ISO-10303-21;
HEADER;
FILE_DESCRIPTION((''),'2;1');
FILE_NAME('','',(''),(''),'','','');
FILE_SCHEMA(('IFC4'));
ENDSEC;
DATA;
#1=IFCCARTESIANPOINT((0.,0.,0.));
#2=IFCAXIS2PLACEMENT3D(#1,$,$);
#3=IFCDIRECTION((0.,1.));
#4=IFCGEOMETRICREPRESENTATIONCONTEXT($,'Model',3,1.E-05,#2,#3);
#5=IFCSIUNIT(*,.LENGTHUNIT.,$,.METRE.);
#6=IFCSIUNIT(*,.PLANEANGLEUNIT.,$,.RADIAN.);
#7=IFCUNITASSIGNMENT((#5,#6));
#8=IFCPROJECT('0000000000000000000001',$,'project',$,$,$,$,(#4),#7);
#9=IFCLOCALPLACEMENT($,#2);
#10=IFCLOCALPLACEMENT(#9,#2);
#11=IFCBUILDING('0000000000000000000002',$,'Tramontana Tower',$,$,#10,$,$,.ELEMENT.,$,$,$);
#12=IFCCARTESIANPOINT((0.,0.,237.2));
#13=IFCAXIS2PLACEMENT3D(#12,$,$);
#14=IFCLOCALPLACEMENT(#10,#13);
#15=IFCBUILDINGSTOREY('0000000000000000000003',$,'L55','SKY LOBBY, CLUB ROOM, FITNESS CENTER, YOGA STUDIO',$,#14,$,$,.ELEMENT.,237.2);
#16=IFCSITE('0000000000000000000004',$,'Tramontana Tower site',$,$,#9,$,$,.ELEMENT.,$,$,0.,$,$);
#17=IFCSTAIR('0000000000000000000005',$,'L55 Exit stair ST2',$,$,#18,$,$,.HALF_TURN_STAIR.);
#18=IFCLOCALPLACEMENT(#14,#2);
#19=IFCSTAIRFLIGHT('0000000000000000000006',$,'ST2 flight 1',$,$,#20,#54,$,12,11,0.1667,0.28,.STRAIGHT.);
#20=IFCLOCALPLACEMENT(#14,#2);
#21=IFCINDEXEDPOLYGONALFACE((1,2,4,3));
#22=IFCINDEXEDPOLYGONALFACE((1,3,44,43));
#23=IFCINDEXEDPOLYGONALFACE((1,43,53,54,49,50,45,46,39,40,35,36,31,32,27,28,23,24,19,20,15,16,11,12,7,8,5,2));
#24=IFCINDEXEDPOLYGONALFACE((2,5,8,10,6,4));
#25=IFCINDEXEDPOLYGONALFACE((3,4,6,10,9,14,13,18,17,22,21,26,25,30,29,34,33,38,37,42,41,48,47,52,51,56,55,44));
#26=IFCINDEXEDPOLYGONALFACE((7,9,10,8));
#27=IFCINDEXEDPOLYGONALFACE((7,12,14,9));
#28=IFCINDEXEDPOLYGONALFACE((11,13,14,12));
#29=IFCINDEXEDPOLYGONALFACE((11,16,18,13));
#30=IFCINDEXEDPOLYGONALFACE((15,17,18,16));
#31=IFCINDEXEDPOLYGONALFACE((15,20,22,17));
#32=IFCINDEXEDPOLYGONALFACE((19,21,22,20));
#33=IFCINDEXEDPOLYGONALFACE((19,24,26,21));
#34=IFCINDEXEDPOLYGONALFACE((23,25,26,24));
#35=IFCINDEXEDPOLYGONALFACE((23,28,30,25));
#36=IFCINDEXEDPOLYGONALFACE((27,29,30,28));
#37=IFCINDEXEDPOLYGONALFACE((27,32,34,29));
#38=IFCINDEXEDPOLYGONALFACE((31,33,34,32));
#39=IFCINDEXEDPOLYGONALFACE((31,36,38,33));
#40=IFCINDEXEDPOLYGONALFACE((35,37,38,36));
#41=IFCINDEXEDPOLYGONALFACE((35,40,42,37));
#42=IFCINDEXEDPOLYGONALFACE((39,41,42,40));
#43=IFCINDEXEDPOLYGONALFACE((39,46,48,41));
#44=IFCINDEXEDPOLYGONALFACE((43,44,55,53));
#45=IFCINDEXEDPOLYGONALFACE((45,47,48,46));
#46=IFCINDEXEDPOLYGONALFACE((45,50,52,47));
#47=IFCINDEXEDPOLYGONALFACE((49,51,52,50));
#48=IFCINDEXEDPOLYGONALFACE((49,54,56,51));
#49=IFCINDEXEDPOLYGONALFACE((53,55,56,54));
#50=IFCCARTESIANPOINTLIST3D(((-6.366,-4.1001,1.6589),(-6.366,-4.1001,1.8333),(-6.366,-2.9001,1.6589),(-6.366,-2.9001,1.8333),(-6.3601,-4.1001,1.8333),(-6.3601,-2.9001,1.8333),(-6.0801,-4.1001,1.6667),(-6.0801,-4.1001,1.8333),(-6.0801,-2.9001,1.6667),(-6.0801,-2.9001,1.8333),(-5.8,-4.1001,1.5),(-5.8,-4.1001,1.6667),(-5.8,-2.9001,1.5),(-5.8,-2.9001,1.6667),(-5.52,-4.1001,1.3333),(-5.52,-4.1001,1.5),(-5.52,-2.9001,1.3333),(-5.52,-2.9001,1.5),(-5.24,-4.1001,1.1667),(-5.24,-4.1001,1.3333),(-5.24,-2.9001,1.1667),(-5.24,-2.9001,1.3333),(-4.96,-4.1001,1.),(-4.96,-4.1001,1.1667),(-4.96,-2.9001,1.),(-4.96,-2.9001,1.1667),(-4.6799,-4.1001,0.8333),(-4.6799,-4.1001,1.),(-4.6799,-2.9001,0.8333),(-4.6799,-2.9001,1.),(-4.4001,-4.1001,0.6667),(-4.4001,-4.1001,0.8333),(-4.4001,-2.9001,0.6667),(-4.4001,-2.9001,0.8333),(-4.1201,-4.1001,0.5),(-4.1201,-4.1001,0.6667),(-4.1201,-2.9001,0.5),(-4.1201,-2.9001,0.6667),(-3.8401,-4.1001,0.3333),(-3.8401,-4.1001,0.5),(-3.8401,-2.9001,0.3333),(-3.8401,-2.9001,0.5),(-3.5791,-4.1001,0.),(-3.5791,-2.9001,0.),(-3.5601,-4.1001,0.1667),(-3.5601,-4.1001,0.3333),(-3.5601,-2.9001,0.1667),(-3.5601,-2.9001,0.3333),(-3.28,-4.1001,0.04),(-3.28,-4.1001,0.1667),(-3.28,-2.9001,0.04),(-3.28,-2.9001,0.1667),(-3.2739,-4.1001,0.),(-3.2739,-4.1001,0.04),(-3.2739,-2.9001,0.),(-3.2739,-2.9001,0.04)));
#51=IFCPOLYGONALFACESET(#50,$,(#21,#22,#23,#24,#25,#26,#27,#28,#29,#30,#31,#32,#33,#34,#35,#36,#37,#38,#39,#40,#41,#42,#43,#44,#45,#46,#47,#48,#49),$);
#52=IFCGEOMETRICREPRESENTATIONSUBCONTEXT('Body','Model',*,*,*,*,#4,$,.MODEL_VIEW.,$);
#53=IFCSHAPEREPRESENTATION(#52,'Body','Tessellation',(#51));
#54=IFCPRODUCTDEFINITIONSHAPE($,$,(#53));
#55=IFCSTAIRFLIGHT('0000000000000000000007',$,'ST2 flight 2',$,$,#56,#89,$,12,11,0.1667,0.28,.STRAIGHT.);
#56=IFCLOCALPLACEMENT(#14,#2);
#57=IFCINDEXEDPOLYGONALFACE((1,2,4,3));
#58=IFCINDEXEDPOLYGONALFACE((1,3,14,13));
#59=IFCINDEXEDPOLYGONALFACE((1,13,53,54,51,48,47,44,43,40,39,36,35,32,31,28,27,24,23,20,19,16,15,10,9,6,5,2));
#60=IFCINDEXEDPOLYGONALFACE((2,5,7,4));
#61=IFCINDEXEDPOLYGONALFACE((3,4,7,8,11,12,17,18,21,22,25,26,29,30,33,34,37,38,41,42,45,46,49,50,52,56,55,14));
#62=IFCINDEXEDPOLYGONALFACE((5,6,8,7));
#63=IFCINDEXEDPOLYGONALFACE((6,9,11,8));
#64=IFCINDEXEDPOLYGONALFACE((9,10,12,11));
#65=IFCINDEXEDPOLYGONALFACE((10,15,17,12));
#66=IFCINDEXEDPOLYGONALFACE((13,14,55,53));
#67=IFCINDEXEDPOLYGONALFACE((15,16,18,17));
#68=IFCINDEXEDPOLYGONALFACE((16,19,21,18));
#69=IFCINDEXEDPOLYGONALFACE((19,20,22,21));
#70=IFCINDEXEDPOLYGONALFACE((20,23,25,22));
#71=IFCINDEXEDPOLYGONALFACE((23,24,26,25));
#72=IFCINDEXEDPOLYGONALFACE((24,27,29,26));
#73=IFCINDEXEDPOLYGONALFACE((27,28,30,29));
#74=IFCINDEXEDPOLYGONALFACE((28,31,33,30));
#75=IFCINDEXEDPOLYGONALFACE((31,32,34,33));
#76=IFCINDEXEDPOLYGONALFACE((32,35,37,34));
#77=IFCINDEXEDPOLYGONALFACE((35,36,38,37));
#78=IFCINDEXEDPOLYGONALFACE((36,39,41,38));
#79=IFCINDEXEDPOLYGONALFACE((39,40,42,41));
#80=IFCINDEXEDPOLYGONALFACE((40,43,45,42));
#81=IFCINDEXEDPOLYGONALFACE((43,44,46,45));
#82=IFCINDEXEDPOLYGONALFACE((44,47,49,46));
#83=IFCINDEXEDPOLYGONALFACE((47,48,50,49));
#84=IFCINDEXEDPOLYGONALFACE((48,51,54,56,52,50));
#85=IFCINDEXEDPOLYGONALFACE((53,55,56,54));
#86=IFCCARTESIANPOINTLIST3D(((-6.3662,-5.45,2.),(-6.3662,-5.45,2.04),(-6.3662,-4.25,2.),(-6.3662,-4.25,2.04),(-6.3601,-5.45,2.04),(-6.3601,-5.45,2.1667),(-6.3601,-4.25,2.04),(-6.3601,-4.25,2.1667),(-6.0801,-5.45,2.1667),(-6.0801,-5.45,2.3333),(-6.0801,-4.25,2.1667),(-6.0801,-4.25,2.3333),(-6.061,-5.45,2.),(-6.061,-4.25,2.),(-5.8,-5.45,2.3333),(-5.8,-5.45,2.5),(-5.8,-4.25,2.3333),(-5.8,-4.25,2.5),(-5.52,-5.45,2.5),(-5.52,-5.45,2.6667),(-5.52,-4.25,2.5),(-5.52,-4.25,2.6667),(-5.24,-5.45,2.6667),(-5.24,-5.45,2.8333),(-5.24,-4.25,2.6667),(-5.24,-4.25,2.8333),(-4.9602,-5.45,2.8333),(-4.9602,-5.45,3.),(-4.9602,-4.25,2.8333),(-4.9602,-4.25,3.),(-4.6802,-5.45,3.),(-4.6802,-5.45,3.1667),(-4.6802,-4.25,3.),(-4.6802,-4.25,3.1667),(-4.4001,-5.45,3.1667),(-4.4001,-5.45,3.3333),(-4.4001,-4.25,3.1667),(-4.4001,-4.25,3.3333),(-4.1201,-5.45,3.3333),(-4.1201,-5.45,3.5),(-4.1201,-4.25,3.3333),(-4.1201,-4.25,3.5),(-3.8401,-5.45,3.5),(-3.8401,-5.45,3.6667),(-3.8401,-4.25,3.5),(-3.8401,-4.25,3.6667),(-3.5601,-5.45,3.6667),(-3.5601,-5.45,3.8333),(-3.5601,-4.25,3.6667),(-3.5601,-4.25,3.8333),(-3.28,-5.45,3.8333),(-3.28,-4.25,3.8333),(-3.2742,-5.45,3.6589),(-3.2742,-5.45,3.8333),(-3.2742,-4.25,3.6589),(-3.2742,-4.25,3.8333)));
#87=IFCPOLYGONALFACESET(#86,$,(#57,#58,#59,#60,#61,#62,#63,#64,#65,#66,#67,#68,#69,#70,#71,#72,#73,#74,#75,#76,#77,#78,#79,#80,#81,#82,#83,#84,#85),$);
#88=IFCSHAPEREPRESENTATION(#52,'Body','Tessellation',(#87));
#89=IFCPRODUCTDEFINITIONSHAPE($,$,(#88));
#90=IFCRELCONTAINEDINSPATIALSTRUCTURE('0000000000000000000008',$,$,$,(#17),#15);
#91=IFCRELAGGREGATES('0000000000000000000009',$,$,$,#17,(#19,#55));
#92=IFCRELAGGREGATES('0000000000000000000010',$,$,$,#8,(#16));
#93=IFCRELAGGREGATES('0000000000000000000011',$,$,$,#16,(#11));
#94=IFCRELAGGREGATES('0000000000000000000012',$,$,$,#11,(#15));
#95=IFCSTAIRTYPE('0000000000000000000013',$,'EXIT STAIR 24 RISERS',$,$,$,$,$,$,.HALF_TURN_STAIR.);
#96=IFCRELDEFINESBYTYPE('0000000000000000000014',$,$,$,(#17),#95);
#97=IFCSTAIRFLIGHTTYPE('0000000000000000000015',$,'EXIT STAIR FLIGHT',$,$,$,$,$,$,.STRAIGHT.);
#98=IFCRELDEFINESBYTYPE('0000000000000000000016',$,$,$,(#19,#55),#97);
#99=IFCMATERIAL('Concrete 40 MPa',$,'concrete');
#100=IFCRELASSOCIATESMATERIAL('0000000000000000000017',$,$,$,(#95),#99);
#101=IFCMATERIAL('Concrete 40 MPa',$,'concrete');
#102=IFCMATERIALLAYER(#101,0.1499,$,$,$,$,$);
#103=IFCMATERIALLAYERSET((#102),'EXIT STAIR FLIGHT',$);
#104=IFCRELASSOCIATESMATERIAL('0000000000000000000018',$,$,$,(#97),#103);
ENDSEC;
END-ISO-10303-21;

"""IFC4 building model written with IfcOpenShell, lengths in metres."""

from ifc_helpers import new_model, si_unit, direction, frame, origin, place, context, subcontext, project, spatial, polyline, outline, extrude, material, layer, layer_set, type_object, element, aggregate, save


model = new_model("IFC4")

# Units and contexts
model_context = context("Model", 3, precision=1e-05, world=origin(), true_north=direction((0.0, 1.0)))
body_context = subcontext(model_context, "Body", "Model", "MODEL_VIEW")
ifc_project = project(units=[si_unit("LENGTHUNIT", "METRE"), si_unit("PLANEANGLEUNIT", "RADIAN")], contexts=[model_context])

# Site, building, storey
site_placement = place(None, origin())
site = spatial("IfcSite", under=ifc_project, at=site_placement, Name="Tramontana Tower site", CompositionType="ELEMENT", RefElevation=0.0)
building_placement = place(site_placement, origin())
building = spatial("IfcBuilding", under=site, at=building_placement, Name="Tramontana Tower", CompositionType="ELEMENT")
storey_placement = place(building_placement, frame((0.0, 0.0, 237.2)))
storey = spatial("IfcBuildingStorey", under=building, at=storey_placement, Name="L55", Description="SKY LOBBY, CLUB ROOM, FITNESS CENTER, YOGA STUDIO", CompositionType="ELEMENT", Elevation=237.2)

# Stair, stair flights
ifc_material_1 = material(Name="Concrete 40 MPa", Category="concrete")
stair_type = type_object("IfcStairType", Name="EXIT STAIR 24 RISERS", PredefinedType="HALF_TURN_STAIR", material=ifc_material_1)
stair_placement = place(storey_placement, origin())
stair = element("IfcStair", 1, at=stair_placement, inside=storey, type_object=stair_type, Name="L55 Exit stair ST2", PredefinedType="HALF_TURN_STAIR")
ifc_material_2 = material(Name="Concrete 40 MPa", Category="concrete")
ifc_layer_1 = layer(ifc_material_2, 0.1499)
ifc_layer_set_1 = layer_set([ifc_layer_1], Name="EXIT STAIR FLIGHT")
stair_flight_type = type_object("IfcStairFlightType", Name="EXIT STAIR FLIGHT", PredefinedType="STRAIGHT", material=ifc_layer_set_1)
stair_flight_1_placement = place(storey_placement, frame((-3.28, -3.5, 0.0), z_axis=(0.0, 0.0, 1.0), x_axis=(-1.0, 0.0, 0.0)))
stair_flight_1 = element("IfcStairFlight", 2, at=stair_flight_1_placement, type_object=stair_flight_type, Name="ST2 flight 1", NumberOfRisers=12, NumberOfTreads=11, PredefinedType="STRAIGHT", RiserHeight=0.1667, TreadLength=0.28, context=body_context, shape_type="SweptSolid", body=[
    extrude(outline(polyline([(-0.0061, 0.0), (-0.0061, 0.04), (0.0, 0.04), (0.0, 0.1667), (0.28, 0.1667), (0.28, 0.3333), (0.5601, 0.3333), (0.5601, 0.5), (0.8401, 0.5), (0.8401, 0.6667), (1.1201, 0.6667), (1.1201, 0.8333), (1.3999, 0.8333), (1.3999, 1.0), (1.6799, 1.0), (1.6799, 1.1667), (1.96, 1.1667), (1.96, 1.3333), (2.24, 1.3333), (2.24, 1.5), (2.52, 1.5), (2.52, 1.6667), (2.8, 1.6667), (2.8, 1.8333), (3.0801, 1.8333), (3.0859, 1.8333), (3.0859, 1.6589), (0.2991, 0.0), (-0.0061, 0.0)])), frame((0.0, 0.6001, 0.0), z_axis=(0.0, -1.0, 0.0), x_axis=(1.0, 0.0, 0.0)), (0.0, 0.0, 1.0), 1.2),
])
stair_flight_2_placement = place(storey_placement, frame((-6.3601, -4.8501, 2.0), z_axis=(0.0, 0.0, 1.0), x_axis=(1.0, 0.0, 0.0)))
stair_flight_2 = element("IfcStairFlight", 3, at=stair_flight_2_placement, type_object=stair_flight_type, Name="ST2 flight 2", NumberOfRisers=12, NumberOfTreads=11, PredefinedType="STRAIGHT", RiserHeight=0.1667, TreadLength=0.28, context=body_context, shape_type="SweptSolid", body=[
    extrude(outline(polyline([(-0.0061, 0.0), (-0.0061, 0.04), (0.0, 0.04), (0.0, 0.1667), (0.28, 0.1667), (0.28, 0.3333), (0.5601, 0.3333), (0.5601, 0.5), (0.8401, 0.5), (0.8401, 0.6667), (1.1201, 0.6667), (1.1201, 0.8333), (1.3999, 0.8333), (1.3999, 1.0), (1.6799, 1.0), (1.6799, 1.1667), (1.96, 1.1667), (1.96, 1.3333), (2.24, 1.3333), (2.24, 1.5), (2.52, 1.5), (2.52, 1.6667), (2.8, 1.6667), (2.8, 1.8333), (3.0801, 1.8333), (3.0859, 1.8333), (3.0859, 1.6589), (0.2991, 0.0), (-0.0061, 0.0)])), frame((0.0, 0.6001, 0.0), z_axis=(0.0, -1.0, 0.0), x_axis=(1.0, 0.0, 0.0)), (0.0, 0.0, 1.0), 1.2),
])
aggregate(stair, [stair_flight_1, stair_flight_2])

save(model, "model.ifc")
